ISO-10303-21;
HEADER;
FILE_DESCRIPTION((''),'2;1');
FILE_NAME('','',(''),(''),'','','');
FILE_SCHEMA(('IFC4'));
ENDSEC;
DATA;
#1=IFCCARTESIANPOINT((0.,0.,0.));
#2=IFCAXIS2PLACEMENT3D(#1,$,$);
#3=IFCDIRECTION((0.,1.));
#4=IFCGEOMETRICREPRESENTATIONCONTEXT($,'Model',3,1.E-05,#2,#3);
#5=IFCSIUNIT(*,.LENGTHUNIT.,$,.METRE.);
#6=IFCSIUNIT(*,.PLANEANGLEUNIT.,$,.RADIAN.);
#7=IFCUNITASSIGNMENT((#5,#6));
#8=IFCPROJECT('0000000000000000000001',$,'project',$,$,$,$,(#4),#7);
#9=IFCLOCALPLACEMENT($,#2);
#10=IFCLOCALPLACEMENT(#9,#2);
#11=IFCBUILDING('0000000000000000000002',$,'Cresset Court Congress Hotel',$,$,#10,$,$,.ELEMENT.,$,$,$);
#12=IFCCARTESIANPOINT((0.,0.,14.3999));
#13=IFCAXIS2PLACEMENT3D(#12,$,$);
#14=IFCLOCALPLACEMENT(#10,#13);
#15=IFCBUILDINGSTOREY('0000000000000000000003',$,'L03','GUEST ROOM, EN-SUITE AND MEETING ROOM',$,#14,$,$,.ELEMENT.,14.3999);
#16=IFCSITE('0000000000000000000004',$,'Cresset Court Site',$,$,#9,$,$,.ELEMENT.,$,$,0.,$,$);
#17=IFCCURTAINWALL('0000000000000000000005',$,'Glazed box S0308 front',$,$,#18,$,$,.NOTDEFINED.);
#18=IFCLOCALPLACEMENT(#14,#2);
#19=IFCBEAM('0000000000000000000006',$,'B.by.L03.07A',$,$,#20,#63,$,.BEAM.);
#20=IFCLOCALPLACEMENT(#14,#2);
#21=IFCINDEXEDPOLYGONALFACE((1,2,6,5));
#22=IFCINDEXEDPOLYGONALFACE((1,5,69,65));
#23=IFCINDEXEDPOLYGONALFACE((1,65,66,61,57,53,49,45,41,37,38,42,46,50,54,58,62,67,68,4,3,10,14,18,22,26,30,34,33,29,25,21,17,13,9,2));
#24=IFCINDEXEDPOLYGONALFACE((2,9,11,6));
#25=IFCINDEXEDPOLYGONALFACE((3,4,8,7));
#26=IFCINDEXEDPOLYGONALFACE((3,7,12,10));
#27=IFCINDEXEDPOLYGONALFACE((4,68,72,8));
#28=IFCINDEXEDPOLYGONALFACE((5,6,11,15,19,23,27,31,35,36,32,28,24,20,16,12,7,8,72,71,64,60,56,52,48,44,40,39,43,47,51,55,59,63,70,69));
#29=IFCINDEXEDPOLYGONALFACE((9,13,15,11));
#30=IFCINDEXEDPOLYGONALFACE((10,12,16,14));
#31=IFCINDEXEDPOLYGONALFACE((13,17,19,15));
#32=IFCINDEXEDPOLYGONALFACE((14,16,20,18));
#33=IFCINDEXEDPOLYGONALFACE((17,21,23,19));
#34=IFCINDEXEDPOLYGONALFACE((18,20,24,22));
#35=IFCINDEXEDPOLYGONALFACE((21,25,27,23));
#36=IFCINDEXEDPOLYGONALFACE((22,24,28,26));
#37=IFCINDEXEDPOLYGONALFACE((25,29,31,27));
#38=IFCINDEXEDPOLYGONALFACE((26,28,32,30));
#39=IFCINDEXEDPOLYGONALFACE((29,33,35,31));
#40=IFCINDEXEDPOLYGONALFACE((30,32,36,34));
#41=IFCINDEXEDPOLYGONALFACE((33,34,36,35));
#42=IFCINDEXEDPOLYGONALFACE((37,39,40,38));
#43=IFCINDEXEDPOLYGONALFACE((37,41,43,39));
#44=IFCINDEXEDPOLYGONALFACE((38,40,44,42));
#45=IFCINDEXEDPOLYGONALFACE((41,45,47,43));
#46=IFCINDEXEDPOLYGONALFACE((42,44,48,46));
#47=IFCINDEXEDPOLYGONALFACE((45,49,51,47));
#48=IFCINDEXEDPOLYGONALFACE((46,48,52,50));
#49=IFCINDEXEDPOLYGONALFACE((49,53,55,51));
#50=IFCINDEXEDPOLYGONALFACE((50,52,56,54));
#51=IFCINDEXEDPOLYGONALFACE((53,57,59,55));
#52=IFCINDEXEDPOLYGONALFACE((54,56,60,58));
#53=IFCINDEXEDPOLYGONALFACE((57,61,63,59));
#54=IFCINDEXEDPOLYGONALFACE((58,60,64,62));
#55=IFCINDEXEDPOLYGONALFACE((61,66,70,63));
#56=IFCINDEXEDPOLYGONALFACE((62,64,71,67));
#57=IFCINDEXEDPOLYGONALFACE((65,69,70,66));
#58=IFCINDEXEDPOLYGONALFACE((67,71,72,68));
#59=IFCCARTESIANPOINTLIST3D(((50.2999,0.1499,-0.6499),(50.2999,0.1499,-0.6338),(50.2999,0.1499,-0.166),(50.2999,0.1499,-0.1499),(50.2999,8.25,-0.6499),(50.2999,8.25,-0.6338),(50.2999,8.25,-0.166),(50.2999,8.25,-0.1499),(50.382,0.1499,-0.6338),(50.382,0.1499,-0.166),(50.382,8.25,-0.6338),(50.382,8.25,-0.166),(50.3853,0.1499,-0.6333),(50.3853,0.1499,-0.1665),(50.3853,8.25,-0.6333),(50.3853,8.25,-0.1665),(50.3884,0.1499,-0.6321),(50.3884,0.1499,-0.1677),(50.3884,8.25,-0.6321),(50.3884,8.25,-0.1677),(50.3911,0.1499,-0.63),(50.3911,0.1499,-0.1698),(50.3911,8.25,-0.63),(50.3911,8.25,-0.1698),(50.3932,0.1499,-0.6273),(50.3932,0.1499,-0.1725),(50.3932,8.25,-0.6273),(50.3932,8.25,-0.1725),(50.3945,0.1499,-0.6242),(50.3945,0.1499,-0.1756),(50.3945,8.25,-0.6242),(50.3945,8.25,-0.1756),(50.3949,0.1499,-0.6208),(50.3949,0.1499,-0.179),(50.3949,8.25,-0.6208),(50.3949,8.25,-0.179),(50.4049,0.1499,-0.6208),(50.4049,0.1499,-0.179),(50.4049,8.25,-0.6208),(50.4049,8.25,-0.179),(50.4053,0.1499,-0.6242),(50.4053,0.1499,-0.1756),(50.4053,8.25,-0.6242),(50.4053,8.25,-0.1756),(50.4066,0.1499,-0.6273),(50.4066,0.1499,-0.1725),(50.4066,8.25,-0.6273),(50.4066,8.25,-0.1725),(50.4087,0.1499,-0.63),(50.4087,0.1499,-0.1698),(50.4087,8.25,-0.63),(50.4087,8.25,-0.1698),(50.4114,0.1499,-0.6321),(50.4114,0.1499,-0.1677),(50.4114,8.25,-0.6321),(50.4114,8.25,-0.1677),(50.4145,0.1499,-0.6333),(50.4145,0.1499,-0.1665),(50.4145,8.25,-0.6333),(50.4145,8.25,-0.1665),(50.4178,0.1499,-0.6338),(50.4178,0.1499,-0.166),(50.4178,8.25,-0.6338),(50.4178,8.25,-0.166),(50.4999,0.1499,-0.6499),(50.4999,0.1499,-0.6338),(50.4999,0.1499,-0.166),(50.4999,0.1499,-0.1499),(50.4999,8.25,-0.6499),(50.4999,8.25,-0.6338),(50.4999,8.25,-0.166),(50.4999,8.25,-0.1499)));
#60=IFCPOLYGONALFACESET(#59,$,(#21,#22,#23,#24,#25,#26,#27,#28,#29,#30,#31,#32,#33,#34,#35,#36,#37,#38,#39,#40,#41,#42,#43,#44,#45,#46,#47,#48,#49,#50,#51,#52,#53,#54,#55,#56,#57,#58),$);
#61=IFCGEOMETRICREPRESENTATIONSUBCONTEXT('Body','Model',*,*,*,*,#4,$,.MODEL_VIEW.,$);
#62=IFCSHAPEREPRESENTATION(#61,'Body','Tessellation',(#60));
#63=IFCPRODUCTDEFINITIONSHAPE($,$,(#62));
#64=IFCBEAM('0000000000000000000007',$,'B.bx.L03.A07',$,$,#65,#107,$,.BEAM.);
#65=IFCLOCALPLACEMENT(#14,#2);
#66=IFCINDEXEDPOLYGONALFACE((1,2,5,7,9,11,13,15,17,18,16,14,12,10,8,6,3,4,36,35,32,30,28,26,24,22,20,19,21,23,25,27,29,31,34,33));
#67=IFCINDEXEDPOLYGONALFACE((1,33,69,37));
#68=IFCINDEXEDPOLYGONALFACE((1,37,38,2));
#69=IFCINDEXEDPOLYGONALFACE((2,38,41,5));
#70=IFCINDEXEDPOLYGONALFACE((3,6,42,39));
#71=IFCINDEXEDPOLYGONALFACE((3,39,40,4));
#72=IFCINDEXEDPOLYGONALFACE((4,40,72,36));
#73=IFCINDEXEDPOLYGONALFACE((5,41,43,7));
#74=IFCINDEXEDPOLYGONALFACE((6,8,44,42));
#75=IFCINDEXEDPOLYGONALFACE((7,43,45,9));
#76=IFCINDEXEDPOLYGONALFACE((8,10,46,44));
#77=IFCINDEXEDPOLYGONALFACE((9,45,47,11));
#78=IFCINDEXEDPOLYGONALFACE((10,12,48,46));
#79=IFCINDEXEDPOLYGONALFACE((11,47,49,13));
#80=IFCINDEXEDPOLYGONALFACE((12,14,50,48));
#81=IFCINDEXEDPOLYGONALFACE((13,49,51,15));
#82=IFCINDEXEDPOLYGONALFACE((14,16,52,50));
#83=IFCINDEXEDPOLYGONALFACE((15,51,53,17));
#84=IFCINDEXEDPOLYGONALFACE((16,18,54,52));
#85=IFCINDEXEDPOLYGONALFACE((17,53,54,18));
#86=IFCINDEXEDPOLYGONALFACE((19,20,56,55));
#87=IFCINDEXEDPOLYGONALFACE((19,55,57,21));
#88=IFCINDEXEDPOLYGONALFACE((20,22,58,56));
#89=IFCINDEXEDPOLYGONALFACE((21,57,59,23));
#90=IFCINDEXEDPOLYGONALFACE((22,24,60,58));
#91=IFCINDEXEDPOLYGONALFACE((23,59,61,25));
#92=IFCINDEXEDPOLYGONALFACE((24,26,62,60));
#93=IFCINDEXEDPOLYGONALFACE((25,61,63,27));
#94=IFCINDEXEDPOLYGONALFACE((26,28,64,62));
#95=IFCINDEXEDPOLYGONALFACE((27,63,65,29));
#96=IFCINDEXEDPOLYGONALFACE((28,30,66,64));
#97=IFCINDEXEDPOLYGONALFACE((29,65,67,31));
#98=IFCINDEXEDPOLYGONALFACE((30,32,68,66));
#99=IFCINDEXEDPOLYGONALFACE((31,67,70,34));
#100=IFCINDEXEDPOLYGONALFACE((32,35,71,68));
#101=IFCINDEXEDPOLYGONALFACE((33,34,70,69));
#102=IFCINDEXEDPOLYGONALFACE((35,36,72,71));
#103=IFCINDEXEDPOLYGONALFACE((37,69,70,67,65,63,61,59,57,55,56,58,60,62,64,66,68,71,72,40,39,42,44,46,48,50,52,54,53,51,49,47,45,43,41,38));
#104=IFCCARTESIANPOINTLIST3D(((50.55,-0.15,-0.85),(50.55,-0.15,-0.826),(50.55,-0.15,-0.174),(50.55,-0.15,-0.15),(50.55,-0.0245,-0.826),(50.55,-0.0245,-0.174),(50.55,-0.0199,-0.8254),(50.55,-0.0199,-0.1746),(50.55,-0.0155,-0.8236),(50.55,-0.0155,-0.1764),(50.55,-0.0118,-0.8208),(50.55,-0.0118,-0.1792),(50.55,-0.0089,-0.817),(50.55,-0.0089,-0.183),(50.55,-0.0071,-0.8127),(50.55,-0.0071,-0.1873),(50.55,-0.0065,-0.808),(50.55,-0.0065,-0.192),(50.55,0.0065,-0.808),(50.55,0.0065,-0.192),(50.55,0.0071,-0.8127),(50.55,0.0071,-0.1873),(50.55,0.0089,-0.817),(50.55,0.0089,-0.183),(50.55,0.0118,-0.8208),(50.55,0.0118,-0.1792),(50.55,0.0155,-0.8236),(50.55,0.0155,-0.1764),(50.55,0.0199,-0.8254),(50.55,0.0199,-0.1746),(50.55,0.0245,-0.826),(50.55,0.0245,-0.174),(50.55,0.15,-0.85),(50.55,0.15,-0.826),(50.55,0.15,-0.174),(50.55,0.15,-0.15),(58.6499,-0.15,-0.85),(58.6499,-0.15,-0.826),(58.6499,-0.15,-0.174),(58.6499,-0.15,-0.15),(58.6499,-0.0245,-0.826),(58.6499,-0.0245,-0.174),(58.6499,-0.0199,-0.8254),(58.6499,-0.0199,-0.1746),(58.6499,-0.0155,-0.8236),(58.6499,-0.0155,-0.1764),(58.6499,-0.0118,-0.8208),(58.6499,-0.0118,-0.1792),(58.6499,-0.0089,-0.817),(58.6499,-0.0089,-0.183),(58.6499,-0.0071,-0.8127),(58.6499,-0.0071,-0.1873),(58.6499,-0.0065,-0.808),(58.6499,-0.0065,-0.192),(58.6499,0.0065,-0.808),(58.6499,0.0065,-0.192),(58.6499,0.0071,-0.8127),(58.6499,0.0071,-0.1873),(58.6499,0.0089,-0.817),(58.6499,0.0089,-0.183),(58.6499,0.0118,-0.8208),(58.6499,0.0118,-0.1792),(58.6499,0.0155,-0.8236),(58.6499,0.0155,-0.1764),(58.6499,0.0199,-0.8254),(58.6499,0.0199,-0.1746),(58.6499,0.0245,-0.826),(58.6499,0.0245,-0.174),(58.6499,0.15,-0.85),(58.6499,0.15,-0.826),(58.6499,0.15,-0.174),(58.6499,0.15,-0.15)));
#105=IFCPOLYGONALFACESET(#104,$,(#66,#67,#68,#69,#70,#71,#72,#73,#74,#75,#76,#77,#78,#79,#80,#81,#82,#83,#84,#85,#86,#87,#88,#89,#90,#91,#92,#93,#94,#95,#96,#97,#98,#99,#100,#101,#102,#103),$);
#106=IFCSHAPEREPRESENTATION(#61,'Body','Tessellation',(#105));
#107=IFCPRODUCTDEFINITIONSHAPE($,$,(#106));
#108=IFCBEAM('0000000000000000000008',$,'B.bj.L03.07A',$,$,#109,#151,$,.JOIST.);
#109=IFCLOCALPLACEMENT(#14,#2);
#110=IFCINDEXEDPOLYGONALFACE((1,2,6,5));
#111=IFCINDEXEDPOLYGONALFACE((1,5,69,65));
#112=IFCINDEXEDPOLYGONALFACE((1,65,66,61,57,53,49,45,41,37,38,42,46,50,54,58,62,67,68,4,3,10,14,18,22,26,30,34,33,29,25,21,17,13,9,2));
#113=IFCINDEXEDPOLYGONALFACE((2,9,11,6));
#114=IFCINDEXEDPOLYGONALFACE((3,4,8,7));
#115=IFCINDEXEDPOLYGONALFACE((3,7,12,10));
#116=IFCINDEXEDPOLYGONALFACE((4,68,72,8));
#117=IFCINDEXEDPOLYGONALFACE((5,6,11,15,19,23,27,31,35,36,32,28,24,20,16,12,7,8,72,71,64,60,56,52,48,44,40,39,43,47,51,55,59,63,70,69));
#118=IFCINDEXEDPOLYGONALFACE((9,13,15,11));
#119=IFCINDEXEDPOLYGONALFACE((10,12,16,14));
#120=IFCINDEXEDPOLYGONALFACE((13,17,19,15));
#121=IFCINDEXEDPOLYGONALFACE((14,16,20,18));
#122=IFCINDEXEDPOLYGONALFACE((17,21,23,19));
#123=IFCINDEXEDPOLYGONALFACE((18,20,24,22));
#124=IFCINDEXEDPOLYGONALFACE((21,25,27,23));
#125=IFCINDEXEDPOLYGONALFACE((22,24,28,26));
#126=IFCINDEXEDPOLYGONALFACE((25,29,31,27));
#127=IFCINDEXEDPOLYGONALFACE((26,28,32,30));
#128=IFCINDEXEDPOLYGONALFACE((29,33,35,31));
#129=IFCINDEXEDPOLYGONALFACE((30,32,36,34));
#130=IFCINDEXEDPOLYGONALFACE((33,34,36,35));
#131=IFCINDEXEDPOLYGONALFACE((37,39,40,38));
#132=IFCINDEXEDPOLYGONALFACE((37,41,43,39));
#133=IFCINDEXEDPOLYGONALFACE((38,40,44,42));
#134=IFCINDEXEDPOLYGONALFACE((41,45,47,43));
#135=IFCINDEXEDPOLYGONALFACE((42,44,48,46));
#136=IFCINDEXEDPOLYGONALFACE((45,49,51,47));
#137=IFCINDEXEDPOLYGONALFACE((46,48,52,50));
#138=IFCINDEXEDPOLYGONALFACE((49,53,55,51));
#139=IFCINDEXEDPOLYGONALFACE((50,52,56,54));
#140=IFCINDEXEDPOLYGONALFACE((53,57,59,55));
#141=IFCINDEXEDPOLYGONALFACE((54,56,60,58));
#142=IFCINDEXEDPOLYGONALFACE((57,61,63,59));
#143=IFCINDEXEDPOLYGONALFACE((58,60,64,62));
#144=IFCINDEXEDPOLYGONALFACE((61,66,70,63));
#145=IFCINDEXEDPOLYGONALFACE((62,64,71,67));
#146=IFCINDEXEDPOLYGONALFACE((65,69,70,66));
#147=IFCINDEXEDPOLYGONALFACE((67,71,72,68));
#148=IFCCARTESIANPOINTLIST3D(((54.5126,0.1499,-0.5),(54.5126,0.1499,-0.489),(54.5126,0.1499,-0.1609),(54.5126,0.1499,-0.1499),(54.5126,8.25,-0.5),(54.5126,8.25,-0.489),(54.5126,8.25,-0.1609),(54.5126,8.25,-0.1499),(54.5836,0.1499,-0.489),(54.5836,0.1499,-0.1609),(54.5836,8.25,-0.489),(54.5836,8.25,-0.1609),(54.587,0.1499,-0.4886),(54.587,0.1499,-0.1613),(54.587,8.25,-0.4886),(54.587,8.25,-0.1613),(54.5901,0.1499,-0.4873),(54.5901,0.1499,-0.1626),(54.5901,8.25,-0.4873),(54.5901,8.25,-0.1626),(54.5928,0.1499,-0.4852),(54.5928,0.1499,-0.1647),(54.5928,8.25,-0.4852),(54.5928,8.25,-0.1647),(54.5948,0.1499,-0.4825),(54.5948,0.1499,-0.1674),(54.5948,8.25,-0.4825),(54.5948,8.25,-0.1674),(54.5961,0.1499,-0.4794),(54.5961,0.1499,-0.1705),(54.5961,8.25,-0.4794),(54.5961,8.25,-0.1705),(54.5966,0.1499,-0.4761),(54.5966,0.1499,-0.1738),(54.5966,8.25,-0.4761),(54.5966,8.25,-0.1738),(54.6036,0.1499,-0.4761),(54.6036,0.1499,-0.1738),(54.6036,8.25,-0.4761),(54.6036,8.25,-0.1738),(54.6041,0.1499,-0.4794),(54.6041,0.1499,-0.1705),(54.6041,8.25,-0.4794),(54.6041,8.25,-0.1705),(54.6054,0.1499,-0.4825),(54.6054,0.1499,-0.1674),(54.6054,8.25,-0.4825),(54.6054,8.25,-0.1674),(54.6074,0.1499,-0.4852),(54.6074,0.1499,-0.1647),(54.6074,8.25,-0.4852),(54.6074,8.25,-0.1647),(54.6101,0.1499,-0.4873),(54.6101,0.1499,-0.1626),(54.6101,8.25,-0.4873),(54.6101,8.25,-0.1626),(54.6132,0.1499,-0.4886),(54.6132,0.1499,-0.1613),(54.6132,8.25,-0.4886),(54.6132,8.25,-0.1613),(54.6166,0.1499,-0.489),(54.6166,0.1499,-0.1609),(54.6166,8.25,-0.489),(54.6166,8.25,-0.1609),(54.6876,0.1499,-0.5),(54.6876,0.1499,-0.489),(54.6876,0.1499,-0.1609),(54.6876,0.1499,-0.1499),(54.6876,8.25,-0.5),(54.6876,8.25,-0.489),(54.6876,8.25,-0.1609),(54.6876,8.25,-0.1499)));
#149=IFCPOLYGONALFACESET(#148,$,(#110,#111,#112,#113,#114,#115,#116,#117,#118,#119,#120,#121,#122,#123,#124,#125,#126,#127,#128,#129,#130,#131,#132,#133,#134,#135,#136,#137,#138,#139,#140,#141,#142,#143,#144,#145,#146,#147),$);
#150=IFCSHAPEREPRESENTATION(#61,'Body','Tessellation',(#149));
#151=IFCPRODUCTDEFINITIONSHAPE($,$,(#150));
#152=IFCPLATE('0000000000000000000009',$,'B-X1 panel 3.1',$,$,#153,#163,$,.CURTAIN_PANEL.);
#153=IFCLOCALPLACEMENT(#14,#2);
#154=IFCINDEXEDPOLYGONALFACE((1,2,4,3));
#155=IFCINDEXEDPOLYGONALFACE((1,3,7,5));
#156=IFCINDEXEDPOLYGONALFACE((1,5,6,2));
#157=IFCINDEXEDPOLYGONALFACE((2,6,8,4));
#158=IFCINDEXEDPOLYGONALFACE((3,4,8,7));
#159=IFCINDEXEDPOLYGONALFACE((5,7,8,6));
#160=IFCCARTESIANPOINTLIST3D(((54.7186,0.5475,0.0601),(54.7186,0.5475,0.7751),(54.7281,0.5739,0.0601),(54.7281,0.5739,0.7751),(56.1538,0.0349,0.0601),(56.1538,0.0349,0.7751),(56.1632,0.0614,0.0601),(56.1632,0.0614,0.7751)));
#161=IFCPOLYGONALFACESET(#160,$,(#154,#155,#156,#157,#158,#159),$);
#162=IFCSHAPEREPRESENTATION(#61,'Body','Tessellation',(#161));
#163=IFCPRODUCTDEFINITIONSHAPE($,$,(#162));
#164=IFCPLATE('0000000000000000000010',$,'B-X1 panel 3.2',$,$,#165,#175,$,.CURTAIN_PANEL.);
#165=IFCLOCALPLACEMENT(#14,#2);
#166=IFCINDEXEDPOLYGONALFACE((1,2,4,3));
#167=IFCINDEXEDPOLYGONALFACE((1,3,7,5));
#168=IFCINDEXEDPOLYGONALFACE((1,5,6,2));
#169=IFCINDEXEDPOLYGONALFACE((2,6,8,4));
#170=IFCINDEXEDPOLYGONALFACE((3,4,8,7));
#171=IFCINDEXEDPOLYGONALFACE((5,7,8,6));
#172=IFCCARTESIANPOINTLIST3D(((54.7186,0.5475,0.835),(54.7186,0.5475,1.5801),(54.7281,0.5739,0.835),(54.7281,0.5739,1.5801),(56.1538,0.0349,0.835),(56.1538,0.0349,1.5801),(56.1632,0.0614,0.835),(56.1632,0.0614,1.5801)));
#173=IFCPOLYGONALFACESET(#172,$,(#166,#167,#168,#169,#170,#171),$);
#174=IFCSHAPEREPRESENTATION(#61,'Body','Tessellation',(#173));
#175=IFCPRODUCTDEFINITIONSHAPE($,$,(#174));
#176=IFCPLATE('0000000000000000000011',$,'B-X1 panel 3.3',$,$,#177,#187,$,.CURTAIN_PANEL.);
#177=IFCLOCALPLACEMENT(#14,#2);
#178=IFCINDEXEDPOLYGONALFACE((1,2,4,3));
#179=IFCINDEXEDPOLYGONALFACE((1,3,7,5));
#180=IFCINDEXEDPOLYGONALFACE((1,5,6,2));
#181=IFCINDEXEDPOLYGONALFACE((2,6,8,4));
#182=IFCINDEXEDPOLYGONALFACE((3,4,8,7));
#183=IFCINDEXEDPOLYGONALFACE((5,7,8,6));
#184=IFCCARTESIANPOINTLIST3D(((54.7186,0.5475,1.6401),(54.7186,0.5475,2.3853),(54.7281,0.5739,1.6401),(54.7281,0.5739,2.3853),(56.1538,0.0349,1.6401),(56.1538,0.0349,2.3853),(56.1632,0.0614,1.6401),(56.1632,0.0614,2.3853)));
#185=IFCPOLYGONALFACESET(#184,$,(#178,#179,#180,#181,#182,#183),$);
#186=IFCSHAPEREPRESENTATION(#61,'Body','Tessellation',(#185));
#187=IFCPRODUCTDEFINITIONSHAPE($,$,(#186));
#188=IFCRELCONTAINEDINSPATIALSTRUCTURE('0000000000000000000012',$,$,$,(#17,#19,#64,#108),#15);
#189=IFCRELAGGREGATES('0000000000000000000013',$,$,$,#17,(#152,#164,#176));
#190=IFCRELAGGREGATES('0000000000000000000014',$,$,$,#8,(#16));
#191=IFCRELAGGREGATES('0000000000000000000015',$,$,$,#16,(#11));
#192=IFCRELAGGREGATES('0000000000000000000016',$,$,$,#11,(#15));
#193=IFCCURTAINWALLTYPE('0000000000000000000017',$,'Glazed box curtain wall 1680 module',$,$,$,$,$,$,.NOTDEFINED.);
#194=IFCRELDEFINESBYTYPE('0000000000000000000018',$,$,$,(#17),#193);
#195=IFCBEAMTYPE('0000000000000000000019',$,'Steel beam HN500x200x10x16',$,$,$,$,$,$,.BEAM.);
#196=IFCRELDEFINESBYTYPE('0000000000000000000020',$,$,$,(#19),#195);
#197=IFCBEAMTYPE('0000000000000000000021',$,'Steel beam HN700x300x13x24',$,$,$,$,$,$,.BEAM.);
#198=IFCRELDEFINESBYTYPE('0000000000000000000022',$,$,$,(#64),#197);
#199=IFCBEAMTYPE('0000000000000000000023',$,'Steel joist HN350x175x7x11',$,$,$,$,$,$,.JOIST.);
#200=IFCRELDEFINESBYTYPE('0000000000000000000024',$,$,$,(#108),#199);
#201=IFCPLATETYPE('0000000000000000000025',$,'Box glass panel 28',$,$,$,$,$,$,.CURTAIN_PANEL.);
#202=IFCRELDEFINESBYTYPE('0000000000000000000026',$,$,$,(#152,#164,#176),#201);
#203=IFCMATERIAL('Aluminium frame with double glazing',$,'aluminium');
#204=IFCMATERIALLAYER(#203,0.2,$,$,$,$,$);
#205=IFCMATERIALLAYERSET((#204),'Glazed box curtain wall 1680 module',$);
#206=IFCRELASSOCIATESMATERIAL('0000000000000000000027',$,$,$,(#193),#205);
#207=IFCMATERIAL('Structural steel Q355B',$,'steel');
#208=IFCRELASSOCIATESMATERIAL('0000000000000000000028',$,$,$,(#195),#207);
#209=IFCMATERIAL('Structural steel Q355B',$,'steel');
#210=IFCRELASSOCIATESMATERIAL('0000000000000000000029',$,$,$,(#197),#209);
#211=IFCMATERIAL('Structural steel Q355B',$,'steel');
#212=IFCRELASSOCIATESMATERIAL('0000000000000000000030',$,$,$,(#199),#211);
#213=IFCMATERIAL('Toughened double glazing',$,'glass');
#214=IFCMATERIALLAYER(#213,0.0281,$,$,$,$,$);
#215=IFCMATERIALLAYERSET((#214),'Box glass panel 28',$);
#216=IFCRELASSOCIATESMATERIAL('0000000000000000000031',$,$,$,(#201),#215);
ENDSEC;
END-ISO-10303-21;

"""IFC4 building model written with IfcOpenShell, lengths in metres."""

from ifc_helpers import new_model, si_unit, direction, frame, origin, origin_2d, place, context, subcontext, project, spatial, rectangle, i_section, extrude, material, layer, layer_set, material_profile, profile_set, type_object, element, aggregate, save


model = new_model("IFC4")

# Units and contexts
model_context = context("Model", 3, precision=1e-05, world=origin(), true_north=direction((0.0, 1.0)))
body_context = subcontext(model_context, "Body", "Model", "MODEL_VIEW")
ifc_project = project(units=[si_unit("LENGTHUNIT", "METRE"), si_unit("PLANEANGLEUNIT", "RADIAN")], contexts=[model_context])

# Site, building, storey
site_placement = place(None, origin())
site = spatial("IfcSite", under=ifc_project, at=site_placement, Name="Cresset Court Site", CompositionType="ELEMENT", RefElevation=0.0)
building_placement = place(site_placement, origin())
building = spatial("IfcBuilding", under=site, at=building_placement, Name="Cresset Court Congress Hotel", CompositionType="ELEMENT")
storey_placement = place(building_placement, frame((0.0, 0.0, 14.3999)))
storey = spatial("IfcBuildingStorey", under=building, at=storey_placement, Name="L03", Description="GUEST ROOM, EN-SUITE AND MEETING ROOM", CompositionType="ELEMENT", Elevation=14.3999)

# Curtain wall
ifc_material_1 = material(Name="Aluminium frame with double glazing", Category="aluminium")
ifc_layer_1 = layer(ifc_material_1, 0.2)
ifc_layer_set_1 = layer_set([ifc_layer_1], Name="Glazed box curtain wall 1680 module")
curtain_wall_type = type_object("IfcCurtainWallType", Name="Glazed box curtain wall 1680 module", PredefinedType="NOTDEFINED", material=ifc_layer_set_1)
curtain_wall_1_placement = place(storey_placement, origin())
curtain_wall_1 = element("IfcCurtainWall", 1, at=curtain_wall_1_placement, inside=storey, type_object=curtain_wall_type, Name="Glazed box S0308 front", PredefinedType="NOTDEFINED")

# Beams
ifc_material_2 = material(Name="Structural steel Q355B", Category="steel")
ifc_material_profile_1 = material_profile(ifc_material_2, i_section(OverallWidth=0.2, OverallDepth=0.5, WebThickness=0.01, FlangeThickness=0.0161, FilletRadius=0.0129, at=origin_2d()), Name="HN500x200x10x16")
ifc_profile_set_1 = profile_set([ifc_material_profile_1], Name="Structural steel Q355B")
beam_type_1 = type_object("IfcBeamType", Name="Steel beam HN500x200x10x16", PredefinedType="BEAM", material=ifc_profile_set_1)
beam_1_placement = place(storey_placement, frame((50.3999, 0.1499, -0.3999), z_axis=(0.0, 1.0, 0.0), x_axis=(-1.0, 0.0, 0.0)))
element("IfcBeam", 2, at=beam_1_placement, inside=storey, type_object=beam_type_1, Name="B.by.L03.07A", PredefinedType="BEAM", context=body_context, shape_type="SweptSolid", body=[
    extrude(i_section(OverallWidth=0.2, OverallDepth=0.5, WebThickness=0.01, FlangeThickness=0.0161, FilletRadius=0.0129, at=origin_2d()), origin(), (0.0, 0.0, 1.0), 8.1001),
])
ifc_material_3 = material(Name="Structural steel Q355B", Category="steel")
ifc_material_profile_2 = material_profile(ifc_material_3, i_section(OverallWidth=0.3, OverallDepth=0.7, WebThickness=0.0129, FlangeThickness=0.0239, FilletRadius=0.0181, at=origin_2d()), Name="HN700x300x13x24")
ifc_profile_set_2 = profile_set([ifc_material_profile_2], Name="Structural steel Q355B")
beam_type_2 = type_object("IfcBeamType", Name="Steel beam HN700x300x13x24", PredefinedType="BEAM", material=ifc_profile_set_2)
beam_2_placement = place(storey_placement, frame((50.55, 0.0, -0.5), z_axis=(1.0, 0.0, 0.0), x_axis=(0.0, 1.0, 0.0)))
element("IfcBeam", 3, at=beam_2_placement, inside=storey, type_object=beam_type_2, Name="B.bx.L03.A07", PredefinedType="BEAM", context=body_context, shape_type="SweptSolid", body=[
    extrude(i_section(OverallWidth=0.3, OverallDepth=0.7, WebThickness=0.0129, FlangeThickness=0.0239, FilletRadius=0.0181, at=origin_2d()), origin(), (0.0, 0.0, 1.0), 8.0999),
])
ifc_material_4 = material(Name="Structural steel Q355B", Category="steel")
ifc_material_profile_3 = material_profile(ifc_material_4, i_section(OverallWidth=0.175, OverallDepth=0.3501, WebThickness=0.0071, FlangeThickness=0.011, FilletRadius=0.0129, at=origin_2d()), Name="HN350x175x7x11")
ifc_profile_set_3 = profile_set([ifc_material_profile_3], Name="Structural steel Q355B")
beam_type_3 = type_object("IfcBeamType", Name="Steel joist HN350x175x7x11", PredefinedType="JOIST", material=ifc_profile_set_3)
beam_3_placement = place(storey_placement, frame((54.6001, 0.1499, -0.325), z_axis=(0.0, 1.0, 0.0), x_axis=(-1.0, 0.0, 0.0)))
element("IfcBeam", 4, at=beam_3_placement, inside=storey, type_object=beam_type_3, Name="B.bj.L03.07A", PredefinedType="JOIST", context=body_context, shape_type="SweptSolid", body=[
    extrude(i_section(OverallWidth=0.175, OverallDepth=0.3501, WebThickness=0.0071, FlangeThickness=0.011, FilletRadius=0.0129, at=origin_2d()), origin(), (0.0, 0.0, 1.0), 8.1001),
])

# Plates
ifc_material_5 = material(Name="Toughened double glazing", Category="glass")
ifc_layer_2 = layer(ifc_material_5, 0.0281)
ifc_layer_set_2 = layer_set([ifc_layer_2], Name="Box glass panel 28")
plate_type = type_object("IfcPlateType", Name="Box glass panel 28", PredefinedType="CURTAIN_PANEL", material=ifc_layer_set_2)
plate_1_placement = place(storey_placement, frame((55.4409, 0.3044, 0.0601), z_axis=(0.0, 0.0, 1.0), x_axis=(0.941742, -0.336336, 0.0)))
plate_1 = element("IfcPlate", 5, at=plate_1_placement, type_object=plate_type, Name="B-X1 panel 3.1", PredefinedType="CURTAIN_PANEL", context=body_context, shape_type="SweptSolid", body=[
    extrude(rectangle(XDim=1.5239, YDim=0.0281, at=origin_2d()), origin(), (0.0, 0.0, 1.0), 0.7151),
])
plate_2_placement = place(storey_placement, frame((55.4409, 0.3044, 0.835), z_axis=(0.0, 0.0, 1.0), x_axis=(0.941742, -0.336336, 0.0)))
plate_2 = element("IfcPlate", 6, at=plate_2_placement, type_object=plate_type, Name="B-X1 panel 3.2", PredefinedType="CURTAIN_PANEL", context=body_context, shape_type="SweptSolid", body=[
    extrude(rectangle(XDim=1.5239, YDim=0.0281, at=origin_2d()), origin(), (0.0, 0.0, 1.0), 0.7451),
])
plate_3_placement = place(storey_placement, frame((55.4409, 0.3044, 1.6401), z_axis=(0.0, 0.0, 1.0), x_axis=(0.941742, -0.336336, 0.0)))
plate_3 = element("IfcPlate", 7, at=plate_3_placement, type_object=plate_type, Name="B-X1 panel 3.3", PredefinedType="CURTAIN_PANEL", context=body_context, shape_type="SweptSolid", body=[
    extrude(rectangle(XDim=1.5239, YDim=0.0281, at=origin_2d()), origin(), (0.0, 0.0, 1.0), 0.7451),
])
aggregate(curtain_wall_1, [plate_1, plate_2, plate_3])

save(model, "model.ifc")
